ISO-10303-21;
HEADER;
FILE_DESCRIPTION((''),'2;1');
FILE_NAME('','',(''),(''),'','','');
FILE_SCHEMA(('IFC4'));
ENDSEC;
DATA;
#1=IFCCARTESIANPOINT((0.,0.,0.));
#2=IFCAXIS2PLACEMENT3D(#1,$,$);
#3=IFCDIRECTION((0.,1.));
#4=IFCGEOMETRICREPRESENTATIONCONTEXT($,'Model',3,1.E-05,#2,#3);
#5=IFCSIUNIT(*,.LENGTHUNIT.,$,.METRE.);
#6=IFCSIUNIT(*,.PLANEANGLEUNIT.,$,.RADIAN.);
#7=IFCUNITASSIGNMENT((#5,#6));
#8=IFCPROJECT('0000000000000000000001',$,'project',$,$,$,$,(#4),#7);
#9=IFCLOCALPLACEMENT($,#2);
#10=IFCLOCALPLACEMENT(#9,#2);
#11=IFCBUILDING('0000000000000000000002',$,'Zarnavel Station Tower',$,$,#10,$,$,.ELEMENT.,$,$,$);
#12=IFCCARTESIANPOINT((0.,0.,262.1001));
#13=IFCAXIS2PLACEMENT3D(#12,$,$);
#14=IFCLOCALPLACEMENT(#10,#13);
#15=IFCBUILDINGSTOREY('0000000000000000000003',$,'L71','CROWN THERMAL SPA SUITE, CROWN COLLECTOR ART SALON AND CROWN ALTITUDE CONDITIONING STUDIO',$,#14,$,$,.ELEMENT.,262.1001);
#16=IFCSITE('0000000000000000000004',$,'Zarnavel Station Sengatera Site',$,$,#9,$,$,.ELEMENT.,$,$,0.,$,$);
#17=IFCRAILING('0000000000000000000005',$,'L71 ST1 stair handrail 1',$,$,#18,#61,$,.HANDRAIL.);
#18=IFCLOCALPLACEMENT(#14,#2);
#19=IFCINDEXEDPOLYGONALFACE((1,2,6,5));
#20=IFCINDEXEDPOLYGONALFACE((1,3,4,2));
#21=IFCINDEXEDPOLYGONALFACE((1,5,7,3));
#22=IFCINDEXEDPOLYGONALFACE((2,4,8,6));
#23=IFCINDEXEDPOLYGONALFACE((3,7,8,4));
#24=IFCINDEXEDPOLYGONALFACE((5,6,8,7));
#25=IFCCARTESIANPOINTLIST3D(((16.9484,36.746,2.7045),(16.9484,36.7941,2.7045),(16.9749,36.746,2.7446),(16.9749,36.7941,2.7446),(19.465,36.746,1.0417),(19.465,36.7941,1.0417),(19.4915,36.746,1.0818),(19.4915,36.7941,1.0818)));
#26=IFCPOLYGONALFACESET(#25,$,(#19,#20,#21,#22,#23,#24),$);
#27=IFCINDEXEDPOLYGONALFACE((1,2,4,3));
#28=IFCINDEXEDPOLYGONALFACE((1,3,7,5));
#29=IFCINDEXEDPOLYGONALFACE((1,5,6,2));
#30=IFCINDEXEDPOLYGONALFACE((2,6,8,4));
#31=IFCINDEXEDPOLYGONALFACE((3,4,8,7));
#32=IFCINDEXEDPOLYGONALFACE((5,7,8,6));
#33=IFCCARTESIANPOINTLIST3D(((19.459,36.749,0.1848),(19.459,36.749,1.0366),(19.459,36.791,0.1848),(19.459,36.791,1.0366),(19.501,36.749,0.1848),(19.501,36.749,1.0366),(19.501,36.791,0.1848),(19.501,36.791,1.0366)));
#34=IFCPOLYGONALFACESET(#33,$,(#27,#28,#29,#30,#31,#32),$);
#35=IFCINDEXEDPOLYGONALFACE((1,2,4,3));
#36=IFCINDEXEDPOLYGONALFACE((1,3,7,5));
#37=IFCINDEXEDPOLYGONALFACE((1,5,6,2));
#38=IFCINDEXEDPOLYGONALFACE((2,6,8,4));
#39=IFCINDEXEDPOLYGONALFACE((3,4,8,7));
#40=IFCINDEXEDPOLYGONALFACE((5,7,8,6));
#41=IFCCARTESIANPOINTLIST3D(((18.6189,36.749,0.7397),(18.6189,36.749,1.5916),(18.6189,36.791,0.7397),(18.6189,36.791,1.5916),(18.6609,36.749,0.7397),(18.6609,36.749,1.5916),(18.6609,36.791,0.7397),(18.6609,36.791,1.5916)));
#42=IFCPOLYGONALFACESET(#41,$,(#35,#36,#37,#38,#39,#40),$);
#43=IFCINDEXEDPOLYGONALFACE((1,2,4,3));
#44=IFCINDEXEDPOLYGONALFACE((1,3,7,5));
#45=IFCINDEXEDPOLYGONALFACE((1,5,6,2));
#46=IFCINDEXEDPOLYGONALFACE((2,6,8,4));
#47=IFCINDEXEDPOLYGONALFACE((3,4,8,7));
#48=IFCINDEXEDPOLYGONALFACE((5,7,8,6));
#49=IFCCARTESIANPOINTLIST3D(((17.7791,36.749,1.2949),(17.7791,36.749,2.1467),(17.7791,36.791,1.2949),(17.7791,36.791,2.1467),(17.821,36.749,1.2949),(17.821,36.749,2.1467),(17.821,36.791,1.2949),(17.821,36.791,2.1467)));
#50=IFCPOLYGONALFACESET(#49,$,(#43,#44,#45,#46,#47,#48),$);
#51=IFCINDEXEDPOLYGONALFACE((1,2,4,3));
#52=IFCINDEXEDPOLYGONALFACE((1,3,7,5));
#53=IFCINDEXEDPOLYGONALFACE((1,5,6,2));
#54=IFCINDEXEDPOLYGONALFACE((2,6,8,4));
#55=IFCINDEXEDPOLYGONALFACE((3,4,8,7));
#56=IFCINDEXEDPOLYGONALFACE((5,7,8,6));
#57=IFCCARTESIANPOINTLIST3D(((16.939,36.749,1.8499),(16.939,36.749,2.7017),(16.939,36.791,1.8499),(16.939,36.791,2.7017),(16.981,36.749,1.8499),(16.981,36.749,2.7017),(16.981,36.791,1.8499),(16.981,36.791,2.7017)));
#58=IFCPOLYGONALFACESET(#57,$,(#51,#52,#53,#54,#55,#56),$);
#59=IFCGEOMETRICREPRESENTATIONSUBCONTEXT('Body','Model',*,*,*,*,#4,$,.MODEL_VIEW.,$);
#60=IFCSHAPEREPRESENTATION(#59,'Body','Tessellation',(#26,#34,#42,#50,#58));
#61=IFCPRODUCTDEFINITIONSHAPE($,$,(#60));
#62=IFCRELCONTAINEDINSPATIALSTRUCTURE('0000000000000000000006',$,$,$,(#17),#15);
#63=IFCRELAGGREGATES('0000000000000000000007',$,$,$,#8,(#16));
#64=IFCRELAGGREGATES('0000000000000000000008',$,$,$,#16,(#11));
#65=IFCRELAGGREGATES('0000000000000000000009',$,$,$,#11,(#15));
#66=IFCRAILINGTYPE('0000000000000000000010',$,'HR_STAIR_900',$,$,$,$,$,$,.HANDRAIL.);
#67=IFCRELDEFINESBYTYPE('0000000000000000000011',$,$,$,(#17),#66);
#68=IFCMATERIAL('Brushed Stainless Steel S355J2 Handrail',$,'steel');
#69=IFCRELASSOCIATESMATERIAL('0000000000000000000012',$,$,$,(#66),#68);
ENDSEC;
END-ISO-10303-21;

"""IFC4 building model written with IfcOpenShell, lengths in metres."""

from ifc_helpers import new_model, si_unit, direction, frame, origin, origin_2d, place, context, subcontext, project, spatial, rectangle, extrude, material, type_object, element, save


model = new_model("IFC4")

# Units and contexts
model_context = context("Model", 3, precision=1e-05, world=origin(), true_north=direction((0.0, 1.0)))
body_context = subcontext(model_context, "Body", "Model", "MODEL_VIEW")
ifc_project = project(units=[si_unit("LENGTHUNIT", "METRE"), si_unit("PLANEANGLEUNIT", "RADIAN")], contexts=[model_context])

# Site, building, storey
site_placement = place(None, origin())
site = spatial("IfcSite", under=ifc_project, at=site_placement, Name="Zarnavel Station Sengatera Site", CompositionType="ELEMENT", RefElevation=0.0)
building_placement = place(site_placement, origin())
building = spatial("IfcBuilding", under=site, at=building_placement, Name="Zarnavel Station Tower", CompositionType="ELEMENT")
storey_placement = place(building_placement, frame((0.0, 0.0, 262.1001)))
storey = spatial("IfcBuildingStorey", under=building, at=storey_placement, Name="L71", Description="CROWN THERMAL SPA SUITE, CROWN COLLECTOR ART SALON AND CROWN ALTITUDE CONDITIONING STUDIO", CompositionType="ELEMENT", Elevation=262.1001)

# Railing
ifc_material_1 = material(Name="Brushed Stainless Steel S355J2 Handrail", Category="steel")
railing_type_1 = type_object("IfcRailingType", Name="HR_STAIR_900", PredefinedType="HANDRAIL", material=ifc_material_1)
railing_1_placement = place(storey_placement, frame((19.48, 36.77, 0.1848)))
element("IfcRailing", 1, at=railing_1_placement, inside=storey, type_object=railing_type_1, Name="L71 ST1 stair handrail 1", PredefinedType="HANDRAIL", context=body_context, shape_type="SweptSolid", body=[
    extrude(rectangle(XDim=0.0481, YDim=0.0481, at=origin_2d()), frame((-0.0017, 0.0, 0.877), z_axis=(-0.834331, 0.0, 0.551263), x_axis=(0.0, -1.0, 0.0)), (0.0, 0.0, 1.0), 3.0164),
    extrude(rectangle(XDim=0.042, YDim=0.042, at=origin_2d()), origin(), (0.0, 0.0, 1.0), 0.8518),
    extrude(rectangle(XDim=0.042, YDim=0.042, at=origin_2d()), frame((-0.8401, 0.0, 0.5549)), (0.0, 0.0, 1.0), 0.8518),
    extrude(rectangle(XDim=0.042, YDim=0.042, at=origin_2d()), frame((-1.6799, 0.0, 1.1101)), (0.0, 0.0, 1.0), 0.8518),
    extrude(rectangle(XDim=0.042, YDim=0.042, at=origin_2d()), frame((-2.52, 0.0, 1.665)), (0.0, 0.0, 1.0), 0.8518),
])

save(model, "model.ifc")
